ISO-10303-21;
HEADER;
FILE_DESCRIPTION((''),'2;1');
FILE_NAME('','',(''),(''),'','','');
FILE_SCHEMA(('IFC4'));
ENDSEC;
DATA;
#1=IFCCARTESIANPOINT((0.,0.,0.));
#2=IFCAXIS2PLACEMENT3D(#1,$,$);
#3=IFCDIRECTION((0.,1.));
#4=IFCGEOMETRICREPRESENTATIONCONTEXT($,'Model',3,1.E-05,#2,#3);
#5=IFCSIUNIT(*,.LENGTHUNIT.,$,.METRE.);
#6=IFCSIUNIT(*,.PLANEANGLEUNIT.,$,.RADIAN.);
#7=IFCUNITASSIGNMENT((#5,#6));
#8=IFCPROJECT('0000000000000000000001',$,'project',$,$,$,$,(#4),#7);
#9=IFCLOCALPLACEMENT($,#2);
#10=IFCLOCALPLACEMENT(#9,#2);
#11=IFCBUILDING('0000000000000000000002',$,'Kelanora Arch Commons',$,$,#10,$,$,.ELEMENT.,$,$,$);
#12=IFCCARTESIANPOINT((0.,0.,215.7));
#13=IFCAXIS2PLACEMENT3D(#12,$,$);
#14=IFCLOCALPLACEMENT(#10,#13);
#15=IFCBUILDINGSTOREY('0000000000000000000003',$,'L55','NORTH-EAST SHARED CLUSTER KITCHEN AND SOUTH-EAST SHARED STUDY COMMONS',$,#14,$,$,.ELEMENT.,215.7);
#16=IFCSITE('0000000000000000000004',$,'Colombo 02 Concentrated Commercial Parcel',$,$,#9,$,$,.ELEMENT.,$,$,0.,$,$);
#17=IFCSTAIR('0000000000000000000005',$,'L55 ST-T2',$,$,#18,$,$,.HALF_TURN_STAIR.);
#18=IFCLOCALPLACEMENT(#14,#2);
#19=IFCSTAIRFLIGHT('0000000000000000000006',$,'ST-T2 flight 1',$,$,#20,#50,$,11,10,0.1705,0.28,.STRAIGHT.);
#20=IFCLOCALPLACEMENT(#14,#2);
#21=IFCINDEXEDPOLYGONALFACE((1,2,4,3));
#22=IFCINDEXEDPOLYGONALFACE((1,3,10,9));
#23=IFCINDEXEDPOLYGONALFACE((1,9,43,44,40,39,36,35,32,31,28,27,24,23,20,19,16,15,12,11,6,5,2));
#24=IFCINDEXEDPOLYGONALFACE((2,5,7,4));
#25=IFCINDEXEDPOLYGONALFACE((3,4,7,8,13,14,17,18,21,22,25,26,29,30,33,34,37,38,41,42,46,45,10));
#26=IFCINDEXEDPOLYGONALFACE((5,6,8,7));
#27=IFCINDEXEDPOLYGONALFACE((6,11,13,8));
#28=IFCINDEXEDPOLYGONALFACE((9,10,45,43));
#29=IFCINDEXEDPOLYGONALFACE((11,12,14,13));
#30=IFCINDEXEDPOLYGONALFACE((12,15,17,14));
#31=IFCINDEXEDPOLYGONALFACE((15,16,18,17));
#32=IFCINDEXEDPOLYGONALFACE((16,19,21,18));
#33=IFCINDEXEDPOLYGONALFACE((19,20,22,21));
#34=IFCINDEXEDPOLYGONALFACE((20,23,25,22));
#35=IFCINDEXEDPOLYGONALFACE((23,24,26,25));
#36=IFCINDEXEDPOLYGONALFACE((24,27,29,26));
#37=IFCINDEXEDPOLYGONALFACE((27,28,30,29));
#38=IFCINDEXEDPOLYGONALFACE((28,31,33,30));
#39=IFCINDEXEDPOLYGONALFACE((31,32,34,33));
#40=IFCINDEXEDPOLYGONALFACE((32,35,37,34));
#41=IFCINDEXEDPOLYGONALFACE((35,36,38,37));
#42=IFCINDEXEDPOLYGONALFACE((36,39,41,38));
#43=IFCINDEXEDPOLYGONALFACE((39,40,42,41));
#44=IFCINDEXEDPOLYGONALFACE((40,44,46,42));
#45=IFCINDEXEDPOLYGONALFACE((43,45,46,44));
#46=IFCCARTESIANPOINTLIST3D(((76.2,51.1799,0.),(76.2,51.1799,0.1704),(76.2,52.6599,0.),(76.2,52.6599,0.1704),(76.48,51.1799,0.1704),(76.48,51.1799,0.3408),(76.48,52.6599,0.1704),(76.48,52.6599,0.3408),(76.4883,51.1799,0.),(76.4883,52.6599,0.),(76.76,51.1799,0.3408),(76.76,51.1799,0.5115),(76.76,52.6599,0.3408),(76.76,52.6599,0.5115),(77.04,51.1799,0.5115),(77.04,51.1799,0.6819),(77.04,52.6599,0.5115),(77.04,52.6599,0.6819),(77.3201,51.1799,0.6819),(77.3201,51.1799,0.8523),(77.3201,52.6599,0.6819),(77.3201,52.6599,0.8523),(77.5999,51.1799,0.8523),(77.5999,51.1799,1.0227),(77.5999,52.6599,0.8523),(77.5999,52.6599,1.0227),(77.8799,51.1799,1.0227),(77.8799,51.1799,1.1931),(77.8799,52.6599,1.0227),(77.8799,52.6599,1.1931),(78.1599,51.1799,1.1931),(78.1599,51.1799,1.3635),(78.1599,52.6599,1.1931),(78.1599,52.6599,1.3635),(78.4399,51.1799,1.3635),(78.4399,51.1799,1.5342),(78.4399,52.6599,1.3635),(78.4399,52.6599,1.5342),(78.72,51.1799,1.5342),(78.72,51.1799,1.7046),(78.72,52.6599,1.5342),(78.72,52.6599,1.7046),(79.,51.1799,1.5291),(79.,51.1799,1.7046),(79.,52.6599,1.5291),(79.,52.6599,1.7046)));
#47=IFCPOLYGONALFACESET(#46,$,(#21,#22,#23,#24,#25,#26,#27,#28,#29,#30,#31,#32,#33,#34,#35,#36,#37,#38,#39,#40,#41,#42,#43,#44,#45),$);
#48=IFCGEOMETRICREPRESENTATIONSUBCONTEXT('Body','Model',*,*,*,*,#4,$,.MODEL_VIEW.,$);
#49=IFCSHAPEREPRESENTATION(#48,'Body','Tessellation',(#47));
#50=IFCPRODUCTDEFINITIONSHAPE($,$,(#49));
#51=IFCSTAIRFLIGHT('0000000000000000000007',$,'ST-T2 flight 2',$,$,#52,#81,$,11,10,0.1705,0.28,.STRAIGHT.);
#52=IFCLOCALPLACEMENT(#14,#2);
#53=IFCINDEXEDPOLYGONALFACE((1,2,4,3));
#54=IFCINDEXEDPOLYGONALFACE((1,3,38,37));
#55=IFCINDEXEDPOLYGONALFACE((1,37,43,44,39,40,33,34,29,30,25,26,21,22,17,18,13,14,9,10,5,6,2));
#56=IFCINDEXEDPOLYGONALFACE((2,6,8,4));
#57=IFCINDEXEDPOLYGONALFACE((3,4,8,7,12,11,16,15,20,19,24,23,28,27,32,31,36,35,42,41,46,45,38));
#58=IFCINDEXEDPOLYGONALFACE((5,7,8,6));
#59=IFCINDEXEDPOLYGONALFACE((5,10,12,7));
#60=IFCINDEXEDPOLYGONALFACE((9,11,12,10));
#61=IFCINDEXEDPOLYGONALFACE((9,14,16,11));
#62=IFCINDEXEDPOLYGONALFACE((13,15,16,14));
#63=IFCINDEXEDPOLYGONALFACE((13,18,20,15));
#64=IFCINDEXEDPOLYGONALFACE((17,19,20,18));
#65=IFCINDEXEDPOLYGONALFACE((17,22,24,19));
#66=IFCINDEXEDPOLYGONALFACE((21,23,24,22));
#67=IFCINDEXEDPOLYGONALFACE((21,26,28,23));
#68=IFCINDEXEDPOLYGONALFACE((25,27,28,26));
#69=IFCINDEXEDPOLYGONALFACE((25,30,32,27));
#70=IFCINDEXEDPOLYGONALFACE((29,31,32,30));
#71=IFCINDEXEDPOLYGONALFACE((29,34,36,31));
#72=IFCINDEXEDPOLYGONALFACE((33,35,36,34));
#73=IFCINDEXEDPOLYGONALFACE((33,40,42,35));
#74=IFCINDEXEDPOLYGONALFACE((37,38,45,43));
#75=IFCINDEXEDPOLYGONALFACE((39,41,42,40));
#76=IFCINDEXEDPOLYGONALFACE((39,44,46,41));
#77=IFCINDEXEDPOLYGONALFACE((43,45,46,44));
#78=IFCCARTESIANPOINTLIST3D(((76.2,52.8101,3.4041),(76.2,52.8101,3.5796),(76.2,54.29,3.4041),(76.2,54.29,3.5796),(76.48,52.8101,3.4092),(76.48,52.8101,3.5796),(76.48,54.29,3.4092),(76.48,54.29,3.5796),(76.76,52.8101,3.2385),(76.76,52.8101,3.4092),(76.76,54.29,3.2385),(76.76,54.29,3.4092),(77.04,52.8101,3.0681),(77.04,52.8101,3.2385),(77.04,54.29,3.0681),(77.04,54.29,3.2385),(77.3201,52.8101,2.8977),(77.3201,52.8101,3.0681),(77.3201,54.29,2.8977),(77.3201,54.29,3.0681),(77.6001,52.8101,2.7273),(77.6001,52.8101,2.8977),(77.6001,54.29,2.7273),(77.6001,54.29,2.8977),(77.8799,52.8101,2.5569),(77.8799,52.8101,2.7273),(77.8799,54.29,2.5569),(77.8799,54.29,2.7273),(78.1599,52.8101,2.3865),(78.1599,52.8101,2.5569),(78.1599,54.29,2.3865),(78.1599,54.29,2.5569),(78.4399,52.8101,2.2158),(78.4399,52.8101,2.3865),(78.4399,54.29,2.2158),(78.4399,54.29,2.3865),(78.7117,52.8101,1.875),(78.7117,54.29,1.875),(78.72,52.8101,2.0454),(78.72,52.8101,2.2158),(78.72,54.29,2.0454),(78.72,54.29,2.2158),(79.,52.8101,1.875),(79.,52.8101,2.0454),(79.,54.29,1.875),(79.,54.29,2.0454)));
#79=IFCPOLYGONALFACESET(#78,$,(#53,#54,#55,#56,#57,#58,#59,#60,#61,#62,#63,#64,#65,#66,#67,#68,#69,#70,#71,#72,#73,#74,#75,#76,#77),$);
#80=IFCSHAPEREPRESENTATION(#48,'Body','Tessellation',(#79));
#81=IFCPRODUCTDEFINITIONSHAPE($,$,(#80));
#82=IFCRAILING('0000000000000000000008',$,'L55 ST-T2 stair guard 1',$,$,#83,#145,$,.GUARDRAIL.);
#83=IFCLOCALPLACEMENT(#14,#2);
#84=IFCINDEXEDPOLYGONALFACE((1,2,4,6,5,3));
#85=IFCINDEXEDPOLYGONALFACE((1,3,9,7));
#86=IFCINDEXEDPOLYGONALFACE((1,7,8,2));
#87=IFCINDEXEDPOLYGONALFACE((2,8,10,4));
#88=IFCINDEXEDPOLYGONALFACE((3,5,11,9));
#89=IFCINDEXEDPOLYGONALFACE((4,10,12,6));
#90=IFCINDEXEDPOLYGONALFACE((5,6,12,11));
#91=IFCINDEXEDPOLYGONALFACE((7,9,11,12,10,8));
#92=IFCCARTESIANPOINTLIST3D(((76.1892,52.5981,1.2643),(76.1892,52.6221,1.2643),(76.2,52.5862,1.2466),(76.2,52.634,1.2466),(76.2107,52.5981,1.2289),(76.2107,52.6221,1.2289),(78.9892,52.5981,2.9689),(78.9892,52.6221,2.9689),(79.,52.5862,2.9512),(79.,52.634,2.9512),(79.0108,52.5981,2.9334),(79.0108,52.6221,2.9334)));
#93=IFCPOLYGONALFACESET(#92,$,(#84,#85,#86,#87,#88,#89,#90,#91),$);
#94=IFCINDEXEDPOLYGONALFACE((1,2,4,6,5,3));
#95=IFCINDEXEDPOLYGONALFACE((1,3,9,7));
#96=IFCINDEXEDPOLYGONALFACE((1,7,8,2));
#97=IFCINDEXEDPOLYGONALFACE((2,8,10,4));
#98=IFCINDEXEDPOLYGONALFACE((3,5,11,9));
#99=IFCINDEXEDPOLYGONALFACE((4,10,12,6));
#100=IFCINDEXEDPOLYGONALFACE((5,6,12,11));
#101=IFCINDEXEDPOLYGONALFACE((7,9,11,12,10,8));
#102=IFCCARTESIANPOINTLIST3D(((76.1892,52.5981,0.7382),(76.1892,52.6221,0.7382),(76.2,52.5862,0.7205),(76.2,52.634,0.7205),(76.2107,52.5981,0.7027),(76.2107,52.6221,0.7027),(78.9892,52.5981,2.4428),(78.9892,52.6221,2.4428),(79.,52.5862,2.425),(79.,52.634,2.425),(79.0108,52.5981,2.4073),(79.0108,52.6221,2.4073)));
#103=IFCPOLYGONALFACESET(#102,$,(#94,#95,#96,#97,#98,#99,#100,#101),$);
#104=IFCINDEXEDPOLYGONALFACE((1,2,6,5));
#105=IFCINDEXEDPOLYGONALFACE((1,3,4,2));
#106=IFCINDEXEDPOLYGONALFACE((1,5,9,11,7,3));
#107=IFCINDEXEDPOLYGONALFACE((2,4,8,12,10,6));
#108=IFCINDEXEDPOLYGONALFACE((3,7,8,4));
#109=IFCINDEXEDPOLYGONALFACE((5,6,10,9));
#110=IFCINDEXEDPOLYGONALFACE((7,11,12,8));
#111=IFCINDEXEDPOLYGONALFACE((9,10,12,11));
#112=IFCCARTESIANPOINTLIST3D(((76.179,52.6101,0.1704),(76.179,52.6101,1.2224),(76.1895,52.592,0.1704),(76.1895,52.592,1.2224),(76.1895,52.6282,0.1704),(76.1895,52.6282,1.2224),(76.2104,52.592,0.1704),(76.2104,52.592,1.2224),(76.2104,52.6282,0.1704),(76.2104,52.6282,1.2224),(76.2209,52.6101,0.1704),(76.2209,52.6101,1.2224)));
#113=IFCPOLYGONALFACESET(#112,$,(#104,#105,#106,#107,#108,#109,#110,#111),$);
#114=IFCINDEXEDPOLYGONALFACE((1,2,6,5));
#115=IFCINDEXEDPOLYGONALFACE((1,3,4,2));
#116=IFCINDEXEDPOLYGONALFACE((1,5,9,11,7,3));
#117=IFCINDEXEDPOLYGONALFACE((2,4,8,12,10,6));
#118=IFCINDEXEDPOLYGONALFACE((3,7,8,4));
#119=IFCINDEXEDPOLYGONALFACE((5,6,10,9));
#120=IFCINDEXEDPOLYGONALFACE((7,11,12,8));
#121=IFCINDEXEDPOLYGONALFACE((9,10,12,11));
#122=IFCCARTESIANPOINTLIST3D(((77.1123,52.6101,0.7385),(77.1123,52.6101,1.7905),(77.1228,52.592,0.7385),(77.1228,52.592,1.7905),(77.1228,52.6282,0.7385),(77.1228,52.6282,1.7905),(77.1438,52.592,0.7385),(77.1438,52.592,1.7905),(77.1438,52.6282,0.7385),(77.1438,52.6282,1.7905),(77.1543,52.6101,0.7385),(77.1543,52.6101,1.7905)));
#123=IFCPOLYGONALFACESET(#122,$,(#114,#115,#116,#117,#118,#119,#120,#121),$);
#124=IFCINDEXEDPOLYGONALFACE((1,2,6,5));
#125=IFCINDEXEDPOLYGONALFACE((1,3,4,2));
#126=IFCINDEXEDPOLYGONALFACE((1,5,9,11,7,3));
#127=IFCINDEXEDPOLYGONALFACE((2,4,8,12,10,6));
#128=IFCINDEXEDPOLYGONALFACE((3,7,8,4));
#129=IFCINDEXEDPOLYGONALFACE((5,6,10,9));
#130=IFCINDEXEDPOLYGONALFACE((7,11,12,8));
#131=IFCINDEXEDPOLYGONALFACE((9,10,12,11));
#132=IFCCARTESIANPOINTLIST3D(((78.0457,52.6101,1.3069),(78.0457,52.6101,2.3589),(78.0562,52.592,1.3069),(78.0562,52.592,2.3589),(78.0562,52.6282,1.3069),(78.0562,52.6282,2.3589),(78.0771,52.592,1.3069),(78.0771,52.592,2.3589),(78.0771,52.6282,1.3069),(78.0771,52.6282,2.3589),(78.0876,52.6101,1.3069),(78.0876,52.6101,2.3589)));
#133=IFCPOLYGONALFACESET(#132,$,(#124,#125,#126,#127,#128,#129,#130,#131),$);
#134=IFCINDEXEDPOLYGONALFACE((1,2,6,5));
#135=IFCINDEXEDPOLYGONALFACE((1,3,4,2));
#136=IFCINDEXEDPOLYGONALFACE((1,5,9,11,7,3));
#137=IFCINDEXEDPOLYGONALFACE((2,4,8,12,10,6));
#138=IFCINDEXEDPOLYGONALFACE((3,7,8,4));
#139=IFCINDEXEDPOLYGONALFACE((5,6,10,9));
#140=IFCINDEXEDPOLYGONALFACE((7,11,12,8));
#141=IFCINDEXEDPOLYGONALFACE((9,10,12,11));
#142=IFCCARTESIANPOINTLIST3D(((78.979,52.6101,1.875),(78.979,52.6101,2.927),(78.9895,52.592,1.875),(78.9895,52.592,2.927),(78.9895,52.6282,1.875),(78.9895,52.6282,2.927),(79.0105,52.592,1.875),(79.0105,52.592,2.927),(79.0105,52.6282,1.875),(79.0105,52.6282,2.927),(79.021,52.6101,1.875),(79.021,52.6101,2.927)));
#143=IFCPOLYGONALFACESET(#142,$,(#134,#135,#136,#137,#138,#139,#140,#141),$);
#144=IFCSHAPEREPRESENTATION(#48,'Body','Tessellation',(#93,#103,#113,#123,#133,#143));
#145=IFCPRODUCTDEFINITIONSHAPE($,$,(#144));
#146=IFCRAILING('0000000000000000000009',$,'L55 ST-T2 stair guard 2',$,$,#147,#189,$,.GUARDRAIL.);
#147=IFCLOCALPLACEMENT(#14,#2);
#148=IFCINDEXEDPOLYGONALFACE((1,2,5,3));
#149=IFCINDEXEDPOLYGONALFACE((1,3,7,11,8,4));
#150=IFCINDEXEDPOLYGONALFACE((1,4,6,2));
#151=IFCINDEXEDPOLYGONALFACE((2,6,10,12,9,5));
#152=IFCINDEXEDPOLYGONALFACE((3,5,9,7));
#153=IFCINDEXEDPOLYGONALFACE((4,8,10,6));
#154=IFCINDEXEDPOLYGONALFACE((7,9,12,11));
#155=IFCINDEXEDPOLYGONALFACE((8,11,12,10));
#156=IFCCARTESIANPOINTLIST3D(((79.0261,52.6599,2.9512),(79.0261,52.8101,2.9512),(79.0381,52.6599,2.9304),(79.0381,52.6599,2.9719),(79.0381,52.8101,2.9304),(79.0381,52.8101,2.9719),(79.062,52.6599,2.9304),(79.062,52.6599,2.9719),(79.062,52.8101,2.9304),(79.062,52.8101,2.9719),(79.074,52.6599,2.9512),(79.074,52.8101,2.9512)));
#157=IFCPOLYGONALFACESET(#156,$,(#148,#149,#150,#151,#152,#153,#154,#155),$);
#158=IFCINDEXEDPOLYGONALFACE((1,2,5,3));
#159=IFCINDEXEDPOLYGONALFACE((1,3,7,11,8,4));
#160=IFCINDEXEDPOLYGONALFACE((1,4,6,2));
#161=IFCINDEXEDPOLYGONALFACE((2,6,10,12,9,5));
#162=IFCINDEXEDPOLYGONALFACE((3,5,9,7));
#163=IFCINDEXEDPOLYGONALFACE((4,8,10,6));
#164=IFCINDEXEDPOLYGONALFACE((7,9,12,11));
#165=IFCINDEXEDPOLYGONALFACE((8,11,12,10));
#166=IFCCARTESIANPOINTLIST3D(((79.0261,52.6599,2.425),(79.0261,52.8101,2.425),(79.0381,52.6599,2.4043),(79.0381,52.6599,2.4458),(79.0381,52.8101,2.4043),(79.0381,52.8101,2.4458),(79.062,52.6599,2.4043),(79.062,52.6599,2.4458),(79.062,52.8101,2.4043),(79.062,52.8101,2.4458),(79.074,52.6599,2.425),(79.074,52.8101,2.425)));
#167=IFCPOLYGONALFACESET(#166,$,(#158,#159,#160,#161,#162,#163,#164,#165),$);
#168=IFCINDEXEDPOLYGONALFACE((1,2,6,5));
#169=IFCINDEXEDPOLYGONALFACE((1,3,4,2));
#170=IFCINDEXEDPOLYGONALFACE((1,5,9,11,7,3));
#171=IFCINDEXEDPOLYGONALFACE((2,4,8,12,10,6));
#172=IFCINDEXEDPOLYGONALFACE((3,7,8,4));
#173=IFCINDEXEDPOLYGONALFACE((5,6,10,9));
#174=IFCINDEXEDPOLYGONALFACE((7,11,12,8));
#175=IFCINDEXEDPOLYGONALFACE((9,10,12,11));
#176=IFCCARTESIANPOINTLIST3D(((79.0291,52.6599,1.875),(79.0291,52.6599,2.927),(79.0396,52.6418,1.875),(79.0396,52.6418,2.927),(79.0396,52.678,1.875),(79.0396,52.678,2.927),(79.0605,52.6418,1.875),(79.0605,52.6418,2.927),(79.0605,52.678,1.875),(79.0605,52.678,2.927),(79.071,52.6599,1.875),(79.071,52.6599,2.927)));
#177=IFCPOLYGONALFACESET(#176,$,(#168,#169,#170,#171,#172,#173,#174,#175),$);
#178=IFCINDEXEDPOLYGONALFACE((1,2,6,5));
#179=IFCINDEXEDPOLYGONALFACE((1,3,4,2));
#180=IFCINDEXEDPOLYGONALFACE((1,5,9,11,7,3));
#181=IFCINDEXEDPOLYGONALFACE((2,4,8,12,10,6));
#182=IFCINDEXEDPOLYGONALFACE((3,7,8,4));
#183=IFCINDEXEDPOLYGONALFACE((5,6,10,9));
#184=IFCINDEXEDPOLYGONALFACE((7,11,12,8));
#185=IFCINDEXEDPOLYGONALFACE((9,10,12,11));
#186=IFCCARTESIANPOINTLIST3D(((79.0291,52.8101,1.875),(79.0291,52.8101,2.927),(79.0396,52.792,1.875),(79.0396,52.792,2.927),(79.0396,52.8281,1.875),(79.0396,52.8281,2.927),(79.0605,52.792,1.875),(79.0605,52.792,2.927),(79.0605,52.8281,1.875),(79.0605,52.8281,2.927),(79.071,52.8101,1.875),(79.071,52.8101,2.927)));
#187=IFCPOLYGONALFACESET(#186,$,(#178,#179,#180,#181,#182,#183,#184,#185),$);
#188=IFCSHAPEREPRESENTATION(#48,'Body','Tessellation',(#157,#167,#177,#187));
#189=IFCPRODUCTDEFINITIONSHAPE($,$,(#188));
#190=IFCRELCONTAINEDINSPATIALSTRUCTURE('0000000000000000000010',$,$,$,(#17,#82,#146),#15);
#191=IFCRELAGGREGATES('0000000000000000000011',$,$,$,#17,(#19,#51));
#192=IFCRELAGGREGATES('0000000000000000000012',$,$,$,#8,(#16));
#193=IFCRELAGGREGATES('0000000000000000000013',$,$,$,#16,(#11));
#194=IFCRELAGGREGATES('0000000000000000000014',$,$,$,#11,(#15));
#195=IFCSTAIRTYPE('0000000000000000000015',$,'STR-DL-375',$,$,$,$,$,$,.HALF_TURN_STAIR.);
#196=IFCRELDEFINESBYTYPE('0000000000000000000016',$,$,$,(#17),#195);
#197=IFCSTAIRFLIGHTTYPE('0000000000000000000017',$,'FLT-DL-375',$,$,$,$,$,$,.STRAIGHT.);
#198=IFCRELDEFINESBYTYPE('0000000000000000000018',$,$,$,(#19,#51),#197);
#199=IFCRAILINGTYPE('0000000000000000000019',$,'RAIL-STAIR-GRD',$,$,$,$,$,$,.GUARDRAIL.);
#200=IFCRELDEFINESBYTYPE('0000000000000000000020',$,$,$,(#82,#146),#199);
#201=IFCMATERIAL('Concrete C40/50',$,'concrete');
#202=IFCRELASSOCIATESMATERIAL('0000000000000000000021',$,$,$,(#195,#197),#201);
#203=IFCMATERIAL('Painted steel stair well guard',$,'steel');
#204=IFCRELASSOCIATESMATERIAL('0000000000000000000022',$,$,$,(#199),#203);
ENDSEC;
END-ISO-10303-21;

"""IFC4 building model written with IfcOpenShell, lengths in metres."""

from ifc_helpers import new_model, si_unit, direction, frame, origin, place, context, subcontext, project, spatial, polyline, outline, extrude, material, type_object, element, aggregate, save


model = new_model("IFC4")

# Units and contexts
model_context = context("Model", 3, precision=1e-05, world=origin(), true_north=direction((0.0, 1.0)))
body_context = subcontext(model_context, "Body", "Model", "MODEL_VIEW")
ifc_project = project(units=[si_unit("LENGTHUNIT", "METRE"), si_unit("PLANEANGLEUNIT", "RADIAN")], contexts=[model_context])

# Site, building, storey
site_placement = place(None, origin())
site = spatial("IfcSite", under=ifc_project, at=site_placement, Name="Colombo 02 Concentrated Commercial Parcel", CompositionType="ELEMENT", RefElevation=0.0)
building_placement = place(site_placement, origin())
building = spatial("IfcBuilding", under=site, at=building_placement, Name="Kelanora Arch Commons", CompositionType="ELEMENT")
storey_placement = place(building_placement, frame((0.0, 0.0, 215.7)))
storey = spatial("IfcBuildingStorey", under=building, at=storey_placement, Name="L55", Description="NORTH-EAST SHARED CLUSTER KITCHEN AND SOUTH-EAST SHARED STUDY COMMONS", CompositionType="ELEMENT", Elevation=215.7)

# Shared definitions
ifc_material_1 = material(Name="Concrete C40/50", Category="concrete")

# Stair, stair flights
stair_type = type_object("IfcStairType", Name="STR-DL-375", PredefinedType="HALF_TURN_STAIR", material=ifc_material_1)
stair_placement = place(storey_placement, origin())
stair = element("IfcStair", 1, at=stair_placement, inside=storey, type_object=stair_type, Name="L55 ST-T2", PredefinedType="HALF_TURN_STAIR")
stair_flight_type = type_object("IfcStairFlightType", Name="FLT-DL-375", PredefinedType="STRAIGHT", material=ifc_material_1)
stair_flight_1_placement = place(storey_placement, frame((76.2, 51.9199, 0.0), z_axis=(0.0, 0.0, 1.0), x_axis=(1.0, 0.0, 0.0)))
stair_flight_1 = element("IfcStairFlight", 2, at=stair_flight_1_placement, type_object=stair_flight_type, Name="ST-T2 flight 1", NumberOfRisers=11, NumberOfTreads=10, PredefinedType="STRAIGHT", RiserHeight=0.1705, TreadLength=0.28, context=body_context, shape_type="SweptSolid", body=[
    extrude(outline(polyline([(0.0, 0.0), (0.0, 0.1704), (0.28, 0.1704), (0.28, 0.3408), (0.5601, 0.3408), (0.5601, 0.5115), (0.8401, 0.5115), (0.8401, 0.6819), (1.1201, 0.6819), (1.1201, 0.8523), (1.3999, 0.8523), (1.3999, 1.0227), (1.6799, 1.0227), (1.6799, 1.1931), (1.96, 1.1931), (1.96, 1.3635), (2.24, 1.3635), (2.24, 1.5342), (2.52, 1.5342), (2.52, 1.7046), (2.8, 1.7046), (2.8, 1.875), (2.8, 1.5291), (0.2883, 0.0), (0.0, 0.0)])), frame((0.0, 0.74, 0.0), z_axis=(0.0, -1.0, 0.0), x_axis=(1.0, 0.0, 0.0)), (0.0, 0.0, 1.0), 1.48),
])
stair_flight_2_placement = place(storey_placement, frame((79.0, 53.55, 1.875), z_axis=(0.0, 0.0, 1.0), x_axis=(-1.0, 0.0, 0.0)))
stair_flight_2 = element("IfcStairFlight", 3, at=stair_flight_2_placement, type_object=stair_flight_type, Name="ST-T2 flight 2", NumberOfRisers=11, NumberOfTreads=10, PredefinedType="STRAIGHT", RiserHeight=0.1705, TreadLength=0.28, context=body_context, shape_type="SweptSolid", body=[
    extrude(outline(polyline([(0.0, 0.0), (0.0, 0.1704), (0.28, 0.1704), (0.28, 0.3408), (0.5601, 0.3408), (0.5601, 0.5115), (0.8401, 0.5115), (0.8401, 0.6819), (1.1201, 0.6819), (1.1201, 0.8523), (1.3999, 0.8523), (1.3999, 1.0227), (1.6799, 1.0227), (1.6799, 1.1931), (1.96, 1.1931), (1.96, 1.3635), (2.24, 1.3635), (2.24, 1.5342), (2.52, 1.5342), (2.52, 1.7046), (2.8, 1.7046), (2.8, 1.875), (2.8, 1.5291), (0.2883, 0.0), (0.0, 0.0)])), frame((0.0, 0.74, 0.0), z_axis=(0.0, -1.0, 0.0), x_axis=(1.0, 0.0, 0.0)), (0.0, 0.0, 1.0), 1.48),
])
aggregate(stair, [stair_flight_1, stair_flight_2])

# Railings
ifc_material_2 = material(Name="Painted steel stair well guard", Category="steel")
railing_type_1 = type_object("IfcRailingType", Name="RAIL-STAIR-GRD", PredefinedType="GUARDRAIL", material=ifc_material_2)
railing_1_placement = place(storey_placement, frame((76.2, 52.6101, 0.1704)))
element("IfcRailing", 4, at=railing_1_placement, inside=storey, type_object=railing_type_1, Name="L55 ST-T2 stair guard 1", PredefinedType="GUARDRAIL", context=body_context, shape_type="SweptSolid", body=[
    extrude(outline(polyline([(0.0239, 0.0), (0.012, 0.0208), (-0.012, 0.0208), (-0.0239, 0.0), (-0.012, -0.0208), (0.012, -0.0208), (0.0239, 0.0)])), frame((0.0, 0.0, 1.0762), z_axis=(0.85417, 0.0, 0.519994), x_axis=(0.0, 1.0, 0.0)), (0.0, 0.0, 1.0), 3.2781),
    extrude(outline(polyline([(0.0239, 0.0), (0.012, 0.0208), (-0.012, 0.0208), (-0.0239, 0.0), (-0.012, -0.0208), (0.012, -0.0208), (0.0239, 0.0)])), frame((0.0, 0.0, 0.55), z_axis=(0.85417, 0.0, 0.519994), x_axis=(0.0, 1.0, 0.0)), (0.0, 0.0, 1.0), 3.2781),
    extrude(outline(polyline([(0.021, 0.0), (0.0105, 0.0181), (-0.0105, 0.0181), (-0.021, 0.0), (-0.0105, -0.0181), (0.0105, -0.0181), (0.021, 0.0)])), origin(), (0.0, 0.0, 1.0), 1.052),
    extrude(outline(polyline([(0.021, 0.0), (0.0105, 0.0181), (-0.0105, 0.0181), (-0.021, 0.0), (-0.0105, -0.0181), (0.0105, -0.0181), (0.021, 0.0)])), frame((0.9333, 0.0, 0.5681)), (0.0, 0.0, 1.0), 1.052),
    extrude(outline(polyline([(0.021, 0.0), (0.0105, 0.0181), (-0.0105, 0.0181), (-0.021, 0.0), (-0.0105, -0.0181), (0.0105, -0.0181), (0.021, 0.0)])), frame((1.8667, 0.0, 1.1365)), (0.0, 0.0, 1.0), 1.052),
    extrude(outline(polyline([(0.021, 0.0), (0.0105, 0.0181), (-0.0105, 0.0181), (-0.021, 0.0), (-0.0105, -0.0181), (0.0105, -0.0181), (0.021, 0.0)])), frame((2.8, 0.0, 1.7046)), (0.0, 0.0, 1.0), 1.052),
])
railing_2_placement = place(storey_placement, frame((79.05, 52.6599, 1.875)))
element("IfcRailing", 5, at=railing_2_placement, inside=storey, type_object=railing_type_1, Name="L55 ST-T2 stair guard 2", PredefinedType="GUARDRAIL", context=body_context, shape_type="SweptSolid", body=[
    extrude(outline(polyline([(0.0239, 0.0), (0.012, 0.0208), (-0.012, 0.0208), (-0.0239, 0.0), (-0.012, -0.0208), (0.012, -0.0208), (0.0239, 0.0)])), frame((0.0, 0.0, 1.0762), z_axis=(0.0, 1.0, 0.0), x_axis=(-1.0, 0.0, 0.0)), (0.0, 0.0, 1.0), 0.1501),
    extrude(outline(polyline([(0.0239, 0.0), (0.012, 0.0208), (-0.012, 0.0208), (-0.0239, 0.0), (-0.012, -0.0208), (0.012, -0.0208), (0.0239, 0.0)])), frame((0.0, 0.0, 0.55), z_axis=(0.0, 1.0, 0.0), x_axis=(-1.0, 0.0, 0.0)), (0.0, 0.0, 1.0), 0.1501),
    extrude(outline(polyline([(0.021, 0.0), (0.0105, 0.0181), (-0.0105, 0.0181), (-0.021, 0.0), (-0.0105, -0.0181), (0.0105, -0.0181), (0.021, 0.0)])), origin(), (0.0, 0.0, 1.0), 1.052),
    extrude(outline(polyline([(0.021, 0.0), (0.0105, 0.0181), (-0.0105, 0.0181), (-0.021, 0.0), (-0.0105, -0.0181), (0.0105, -0.0181), (0.021, 0.0)])), frame((0.0, 0.1501, 0.0)), (0.0, 0.0, 1.0), 1.052),
])

save(model, "model.ifc")
